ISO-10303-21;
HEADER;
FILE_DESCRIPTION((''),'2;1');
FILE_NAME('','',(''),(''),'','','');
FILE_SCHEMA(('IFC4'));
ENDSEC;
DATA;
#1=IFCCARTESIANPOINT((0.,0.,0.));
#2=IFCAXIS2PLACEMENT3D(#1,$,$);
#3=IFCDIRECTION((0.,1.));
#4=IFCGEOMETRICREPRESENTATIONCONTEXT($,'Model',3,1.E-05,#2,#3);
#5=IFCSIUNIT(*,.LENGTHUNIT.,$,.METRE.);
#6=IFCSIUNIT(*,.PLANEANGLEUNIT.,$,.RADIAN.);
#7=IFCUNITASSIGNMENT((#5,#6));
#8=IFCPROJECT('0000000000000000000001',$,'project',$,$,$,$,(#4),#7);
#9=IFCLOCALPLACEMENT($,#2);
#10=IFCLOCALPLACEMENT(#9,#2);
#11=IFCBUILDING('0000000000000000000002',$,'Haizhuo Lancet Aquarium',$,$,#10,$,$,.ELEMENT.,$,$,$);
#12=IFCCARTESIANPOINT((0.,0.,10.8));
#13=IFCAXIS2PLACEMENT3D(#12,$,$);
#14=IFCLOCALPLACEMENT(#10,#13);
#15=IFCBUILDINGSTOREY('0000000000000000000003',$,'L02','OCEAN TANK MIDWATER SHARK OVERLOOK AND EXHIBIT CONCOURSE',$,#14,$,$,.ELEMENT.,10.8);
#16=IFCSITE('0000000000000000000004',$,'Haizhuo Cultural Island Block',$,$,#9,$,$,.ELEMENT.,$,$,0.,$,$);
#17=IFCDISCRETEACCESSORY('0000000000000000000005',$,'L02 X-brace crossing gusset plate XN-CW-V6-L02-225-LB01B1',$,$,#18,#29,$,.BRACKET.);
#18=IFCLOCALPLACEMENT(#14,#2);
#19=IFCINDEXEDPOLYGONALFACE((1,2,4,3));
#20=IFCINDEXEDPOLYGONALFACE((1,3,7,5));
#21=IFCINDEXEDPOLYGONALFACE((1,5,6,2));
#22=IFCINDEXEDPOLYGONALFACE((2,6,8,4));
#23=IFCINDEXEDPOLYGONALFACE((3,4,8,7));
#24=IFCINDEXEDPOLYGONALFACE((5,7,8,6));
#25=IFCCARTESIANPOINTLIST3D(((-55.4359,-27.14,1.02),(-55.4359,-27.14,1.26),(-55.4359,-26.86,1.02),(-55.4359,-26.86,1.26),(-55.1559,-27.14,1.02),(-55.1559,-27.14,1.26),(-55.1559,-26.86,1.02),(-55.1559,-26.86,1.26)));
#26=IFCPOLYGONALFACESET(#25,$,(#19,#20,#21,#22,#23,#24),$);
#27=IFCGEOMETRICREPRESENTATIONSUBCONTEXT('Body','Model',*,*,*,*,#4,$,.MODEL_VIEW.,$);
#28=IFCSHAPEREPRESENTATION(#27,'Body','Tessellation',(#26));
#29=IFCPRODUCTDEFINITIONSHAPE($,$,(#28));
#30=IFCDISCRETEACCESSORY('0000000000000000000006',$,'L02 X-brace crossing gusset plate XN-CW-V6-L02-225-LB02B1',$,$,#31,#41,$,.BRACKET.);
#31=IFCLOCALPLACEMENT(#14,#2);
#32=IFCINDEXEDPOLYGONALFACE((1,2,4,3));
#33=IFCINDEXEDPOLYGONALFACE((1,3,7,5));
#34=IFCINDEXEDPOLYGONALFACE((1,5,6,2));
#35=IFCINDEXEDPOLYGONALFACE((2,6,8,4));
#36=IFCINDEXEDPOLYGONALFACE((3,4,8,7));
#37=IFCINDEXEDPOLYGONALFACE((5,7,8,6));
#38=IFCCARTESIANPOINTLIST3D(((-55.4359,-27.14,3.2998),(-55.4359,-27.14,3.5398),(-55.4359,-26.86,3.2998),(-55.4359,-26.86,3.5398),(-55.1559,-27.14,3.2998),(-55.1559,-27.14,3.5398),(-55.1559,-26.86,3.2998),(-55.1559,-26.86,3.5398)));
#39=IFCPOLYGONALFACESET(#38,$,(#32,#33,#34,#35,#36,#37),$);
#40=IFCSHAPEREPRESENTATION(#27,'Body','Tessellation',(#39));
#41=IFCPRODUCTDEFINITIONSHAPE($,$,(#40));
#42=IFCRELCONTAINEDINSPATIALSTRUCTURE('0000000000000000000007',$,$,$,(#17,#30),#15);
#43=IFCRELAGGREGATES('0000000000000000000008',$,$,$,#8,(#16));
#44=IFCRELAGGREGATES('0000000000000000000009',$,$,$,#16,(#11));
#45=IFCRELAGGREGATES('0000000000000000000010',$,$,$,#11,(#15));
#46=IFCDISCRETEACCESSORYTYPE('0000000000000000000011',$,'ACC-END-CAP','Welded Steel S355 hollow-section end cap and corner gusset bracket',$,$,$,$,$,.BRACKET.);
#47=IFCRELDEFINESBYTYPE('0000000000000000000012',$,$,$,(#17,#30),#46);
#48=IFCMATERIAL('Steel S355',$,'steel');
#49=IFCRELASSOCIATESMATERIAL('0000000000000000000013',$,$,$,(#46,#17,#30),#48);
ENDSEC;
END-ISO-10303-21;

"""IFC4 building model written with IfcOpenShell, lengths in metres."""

from ifc_helpers import new_model, si_unit, direction, frame, origin, origin_2d, place, context, subcontext, project, spatial, rectangle, extrude, material, type_object, element, save


model = new_model("IFC4")

# Units and contexts
model_context = context("Model", 3, precision=1e-05, world=origin(), true_north=direction((0.0, 1.0)))
body_context = subcontext(model_context, "Body", "Model", "MODEL_VIEW")
ifc_project = project(units=[si_unit("LENGTHUNIT", "METRE"), si_unit("PLANEANGLEUNIT", "RADIAN")], contexts=[model_context])

# Site, building, storey
site_placement = place(None, origin())
site = spatial("IfcSite", under=ifc_project, at=site_placement, Name="Haizhuo Cultural Island Block", CompositionType="ELEMENT", RefElevation=0.0)
building_placement = place(site_placement, origin())
building = spatial("IfcBuilding", under=site, at=building_placement, Name="Haizhuo Lancet Aquarium", CompositionType="ELEMENT")
storey_placement = place(building_placement, frame((0.0, 0.0, 10.8)))
storey = spatial("IfcBuildingStorey", under=building, at=storey_placement, Name="L02", Description="OCEAN TANK MIDWATER SHARK OVERLOOK AND EXHIBIT CONCOURSE", CompositionType="ELEMENT", Elevation=10.8)

# Shared definitions
ifc_material_1 = material(Name="Steel S355", Category="steel")

# Discrete accessories
discrete_accessory_type = type_object("IfcDiscreteAccessoryType", Name="ACC-END-CAP", Description="Welded Steel S355 hollow-section end cap and corner gusset bracket", PredefinedType="BRACKET", material=ifc_material_1)
for number, where, z_axis, x_axis, name in (
    (1, (-55.2959, -27.0, 1.02), (0.0, 0.0, 1.0), (1.0, 0.0, 0.0), "L02 X-brace crossing gusset plate XN-CW-V6-L02-225-LB01B1"),
    (2, (-55.2959, -27.0, 3.2998), (0.0, 0.0, 1.0), (1.0, 0.0, 0.0), "L02 X-brace crossing gusset plate XN-CW-V6-L02-225-LB02B1"),
):
    element("IfcDiscreteAccessory", number, at=place(storey_placement, frame(where, z_axis=z_axis, x_axis=x_axis)), inside=storey, type_object=discrete_accessory_type, material=ifc_material_1, Name=name, PredefinedType="BRACKET", context=body_context, shape_type="SweptSolid", body=[
        extrude(rectangle(XDim=0.28, YDim=0.28, at=origin_2d()), origin(), (0.0, 0.0, 1.0), 0.24),
    ])

save(model, "model.ifc")
